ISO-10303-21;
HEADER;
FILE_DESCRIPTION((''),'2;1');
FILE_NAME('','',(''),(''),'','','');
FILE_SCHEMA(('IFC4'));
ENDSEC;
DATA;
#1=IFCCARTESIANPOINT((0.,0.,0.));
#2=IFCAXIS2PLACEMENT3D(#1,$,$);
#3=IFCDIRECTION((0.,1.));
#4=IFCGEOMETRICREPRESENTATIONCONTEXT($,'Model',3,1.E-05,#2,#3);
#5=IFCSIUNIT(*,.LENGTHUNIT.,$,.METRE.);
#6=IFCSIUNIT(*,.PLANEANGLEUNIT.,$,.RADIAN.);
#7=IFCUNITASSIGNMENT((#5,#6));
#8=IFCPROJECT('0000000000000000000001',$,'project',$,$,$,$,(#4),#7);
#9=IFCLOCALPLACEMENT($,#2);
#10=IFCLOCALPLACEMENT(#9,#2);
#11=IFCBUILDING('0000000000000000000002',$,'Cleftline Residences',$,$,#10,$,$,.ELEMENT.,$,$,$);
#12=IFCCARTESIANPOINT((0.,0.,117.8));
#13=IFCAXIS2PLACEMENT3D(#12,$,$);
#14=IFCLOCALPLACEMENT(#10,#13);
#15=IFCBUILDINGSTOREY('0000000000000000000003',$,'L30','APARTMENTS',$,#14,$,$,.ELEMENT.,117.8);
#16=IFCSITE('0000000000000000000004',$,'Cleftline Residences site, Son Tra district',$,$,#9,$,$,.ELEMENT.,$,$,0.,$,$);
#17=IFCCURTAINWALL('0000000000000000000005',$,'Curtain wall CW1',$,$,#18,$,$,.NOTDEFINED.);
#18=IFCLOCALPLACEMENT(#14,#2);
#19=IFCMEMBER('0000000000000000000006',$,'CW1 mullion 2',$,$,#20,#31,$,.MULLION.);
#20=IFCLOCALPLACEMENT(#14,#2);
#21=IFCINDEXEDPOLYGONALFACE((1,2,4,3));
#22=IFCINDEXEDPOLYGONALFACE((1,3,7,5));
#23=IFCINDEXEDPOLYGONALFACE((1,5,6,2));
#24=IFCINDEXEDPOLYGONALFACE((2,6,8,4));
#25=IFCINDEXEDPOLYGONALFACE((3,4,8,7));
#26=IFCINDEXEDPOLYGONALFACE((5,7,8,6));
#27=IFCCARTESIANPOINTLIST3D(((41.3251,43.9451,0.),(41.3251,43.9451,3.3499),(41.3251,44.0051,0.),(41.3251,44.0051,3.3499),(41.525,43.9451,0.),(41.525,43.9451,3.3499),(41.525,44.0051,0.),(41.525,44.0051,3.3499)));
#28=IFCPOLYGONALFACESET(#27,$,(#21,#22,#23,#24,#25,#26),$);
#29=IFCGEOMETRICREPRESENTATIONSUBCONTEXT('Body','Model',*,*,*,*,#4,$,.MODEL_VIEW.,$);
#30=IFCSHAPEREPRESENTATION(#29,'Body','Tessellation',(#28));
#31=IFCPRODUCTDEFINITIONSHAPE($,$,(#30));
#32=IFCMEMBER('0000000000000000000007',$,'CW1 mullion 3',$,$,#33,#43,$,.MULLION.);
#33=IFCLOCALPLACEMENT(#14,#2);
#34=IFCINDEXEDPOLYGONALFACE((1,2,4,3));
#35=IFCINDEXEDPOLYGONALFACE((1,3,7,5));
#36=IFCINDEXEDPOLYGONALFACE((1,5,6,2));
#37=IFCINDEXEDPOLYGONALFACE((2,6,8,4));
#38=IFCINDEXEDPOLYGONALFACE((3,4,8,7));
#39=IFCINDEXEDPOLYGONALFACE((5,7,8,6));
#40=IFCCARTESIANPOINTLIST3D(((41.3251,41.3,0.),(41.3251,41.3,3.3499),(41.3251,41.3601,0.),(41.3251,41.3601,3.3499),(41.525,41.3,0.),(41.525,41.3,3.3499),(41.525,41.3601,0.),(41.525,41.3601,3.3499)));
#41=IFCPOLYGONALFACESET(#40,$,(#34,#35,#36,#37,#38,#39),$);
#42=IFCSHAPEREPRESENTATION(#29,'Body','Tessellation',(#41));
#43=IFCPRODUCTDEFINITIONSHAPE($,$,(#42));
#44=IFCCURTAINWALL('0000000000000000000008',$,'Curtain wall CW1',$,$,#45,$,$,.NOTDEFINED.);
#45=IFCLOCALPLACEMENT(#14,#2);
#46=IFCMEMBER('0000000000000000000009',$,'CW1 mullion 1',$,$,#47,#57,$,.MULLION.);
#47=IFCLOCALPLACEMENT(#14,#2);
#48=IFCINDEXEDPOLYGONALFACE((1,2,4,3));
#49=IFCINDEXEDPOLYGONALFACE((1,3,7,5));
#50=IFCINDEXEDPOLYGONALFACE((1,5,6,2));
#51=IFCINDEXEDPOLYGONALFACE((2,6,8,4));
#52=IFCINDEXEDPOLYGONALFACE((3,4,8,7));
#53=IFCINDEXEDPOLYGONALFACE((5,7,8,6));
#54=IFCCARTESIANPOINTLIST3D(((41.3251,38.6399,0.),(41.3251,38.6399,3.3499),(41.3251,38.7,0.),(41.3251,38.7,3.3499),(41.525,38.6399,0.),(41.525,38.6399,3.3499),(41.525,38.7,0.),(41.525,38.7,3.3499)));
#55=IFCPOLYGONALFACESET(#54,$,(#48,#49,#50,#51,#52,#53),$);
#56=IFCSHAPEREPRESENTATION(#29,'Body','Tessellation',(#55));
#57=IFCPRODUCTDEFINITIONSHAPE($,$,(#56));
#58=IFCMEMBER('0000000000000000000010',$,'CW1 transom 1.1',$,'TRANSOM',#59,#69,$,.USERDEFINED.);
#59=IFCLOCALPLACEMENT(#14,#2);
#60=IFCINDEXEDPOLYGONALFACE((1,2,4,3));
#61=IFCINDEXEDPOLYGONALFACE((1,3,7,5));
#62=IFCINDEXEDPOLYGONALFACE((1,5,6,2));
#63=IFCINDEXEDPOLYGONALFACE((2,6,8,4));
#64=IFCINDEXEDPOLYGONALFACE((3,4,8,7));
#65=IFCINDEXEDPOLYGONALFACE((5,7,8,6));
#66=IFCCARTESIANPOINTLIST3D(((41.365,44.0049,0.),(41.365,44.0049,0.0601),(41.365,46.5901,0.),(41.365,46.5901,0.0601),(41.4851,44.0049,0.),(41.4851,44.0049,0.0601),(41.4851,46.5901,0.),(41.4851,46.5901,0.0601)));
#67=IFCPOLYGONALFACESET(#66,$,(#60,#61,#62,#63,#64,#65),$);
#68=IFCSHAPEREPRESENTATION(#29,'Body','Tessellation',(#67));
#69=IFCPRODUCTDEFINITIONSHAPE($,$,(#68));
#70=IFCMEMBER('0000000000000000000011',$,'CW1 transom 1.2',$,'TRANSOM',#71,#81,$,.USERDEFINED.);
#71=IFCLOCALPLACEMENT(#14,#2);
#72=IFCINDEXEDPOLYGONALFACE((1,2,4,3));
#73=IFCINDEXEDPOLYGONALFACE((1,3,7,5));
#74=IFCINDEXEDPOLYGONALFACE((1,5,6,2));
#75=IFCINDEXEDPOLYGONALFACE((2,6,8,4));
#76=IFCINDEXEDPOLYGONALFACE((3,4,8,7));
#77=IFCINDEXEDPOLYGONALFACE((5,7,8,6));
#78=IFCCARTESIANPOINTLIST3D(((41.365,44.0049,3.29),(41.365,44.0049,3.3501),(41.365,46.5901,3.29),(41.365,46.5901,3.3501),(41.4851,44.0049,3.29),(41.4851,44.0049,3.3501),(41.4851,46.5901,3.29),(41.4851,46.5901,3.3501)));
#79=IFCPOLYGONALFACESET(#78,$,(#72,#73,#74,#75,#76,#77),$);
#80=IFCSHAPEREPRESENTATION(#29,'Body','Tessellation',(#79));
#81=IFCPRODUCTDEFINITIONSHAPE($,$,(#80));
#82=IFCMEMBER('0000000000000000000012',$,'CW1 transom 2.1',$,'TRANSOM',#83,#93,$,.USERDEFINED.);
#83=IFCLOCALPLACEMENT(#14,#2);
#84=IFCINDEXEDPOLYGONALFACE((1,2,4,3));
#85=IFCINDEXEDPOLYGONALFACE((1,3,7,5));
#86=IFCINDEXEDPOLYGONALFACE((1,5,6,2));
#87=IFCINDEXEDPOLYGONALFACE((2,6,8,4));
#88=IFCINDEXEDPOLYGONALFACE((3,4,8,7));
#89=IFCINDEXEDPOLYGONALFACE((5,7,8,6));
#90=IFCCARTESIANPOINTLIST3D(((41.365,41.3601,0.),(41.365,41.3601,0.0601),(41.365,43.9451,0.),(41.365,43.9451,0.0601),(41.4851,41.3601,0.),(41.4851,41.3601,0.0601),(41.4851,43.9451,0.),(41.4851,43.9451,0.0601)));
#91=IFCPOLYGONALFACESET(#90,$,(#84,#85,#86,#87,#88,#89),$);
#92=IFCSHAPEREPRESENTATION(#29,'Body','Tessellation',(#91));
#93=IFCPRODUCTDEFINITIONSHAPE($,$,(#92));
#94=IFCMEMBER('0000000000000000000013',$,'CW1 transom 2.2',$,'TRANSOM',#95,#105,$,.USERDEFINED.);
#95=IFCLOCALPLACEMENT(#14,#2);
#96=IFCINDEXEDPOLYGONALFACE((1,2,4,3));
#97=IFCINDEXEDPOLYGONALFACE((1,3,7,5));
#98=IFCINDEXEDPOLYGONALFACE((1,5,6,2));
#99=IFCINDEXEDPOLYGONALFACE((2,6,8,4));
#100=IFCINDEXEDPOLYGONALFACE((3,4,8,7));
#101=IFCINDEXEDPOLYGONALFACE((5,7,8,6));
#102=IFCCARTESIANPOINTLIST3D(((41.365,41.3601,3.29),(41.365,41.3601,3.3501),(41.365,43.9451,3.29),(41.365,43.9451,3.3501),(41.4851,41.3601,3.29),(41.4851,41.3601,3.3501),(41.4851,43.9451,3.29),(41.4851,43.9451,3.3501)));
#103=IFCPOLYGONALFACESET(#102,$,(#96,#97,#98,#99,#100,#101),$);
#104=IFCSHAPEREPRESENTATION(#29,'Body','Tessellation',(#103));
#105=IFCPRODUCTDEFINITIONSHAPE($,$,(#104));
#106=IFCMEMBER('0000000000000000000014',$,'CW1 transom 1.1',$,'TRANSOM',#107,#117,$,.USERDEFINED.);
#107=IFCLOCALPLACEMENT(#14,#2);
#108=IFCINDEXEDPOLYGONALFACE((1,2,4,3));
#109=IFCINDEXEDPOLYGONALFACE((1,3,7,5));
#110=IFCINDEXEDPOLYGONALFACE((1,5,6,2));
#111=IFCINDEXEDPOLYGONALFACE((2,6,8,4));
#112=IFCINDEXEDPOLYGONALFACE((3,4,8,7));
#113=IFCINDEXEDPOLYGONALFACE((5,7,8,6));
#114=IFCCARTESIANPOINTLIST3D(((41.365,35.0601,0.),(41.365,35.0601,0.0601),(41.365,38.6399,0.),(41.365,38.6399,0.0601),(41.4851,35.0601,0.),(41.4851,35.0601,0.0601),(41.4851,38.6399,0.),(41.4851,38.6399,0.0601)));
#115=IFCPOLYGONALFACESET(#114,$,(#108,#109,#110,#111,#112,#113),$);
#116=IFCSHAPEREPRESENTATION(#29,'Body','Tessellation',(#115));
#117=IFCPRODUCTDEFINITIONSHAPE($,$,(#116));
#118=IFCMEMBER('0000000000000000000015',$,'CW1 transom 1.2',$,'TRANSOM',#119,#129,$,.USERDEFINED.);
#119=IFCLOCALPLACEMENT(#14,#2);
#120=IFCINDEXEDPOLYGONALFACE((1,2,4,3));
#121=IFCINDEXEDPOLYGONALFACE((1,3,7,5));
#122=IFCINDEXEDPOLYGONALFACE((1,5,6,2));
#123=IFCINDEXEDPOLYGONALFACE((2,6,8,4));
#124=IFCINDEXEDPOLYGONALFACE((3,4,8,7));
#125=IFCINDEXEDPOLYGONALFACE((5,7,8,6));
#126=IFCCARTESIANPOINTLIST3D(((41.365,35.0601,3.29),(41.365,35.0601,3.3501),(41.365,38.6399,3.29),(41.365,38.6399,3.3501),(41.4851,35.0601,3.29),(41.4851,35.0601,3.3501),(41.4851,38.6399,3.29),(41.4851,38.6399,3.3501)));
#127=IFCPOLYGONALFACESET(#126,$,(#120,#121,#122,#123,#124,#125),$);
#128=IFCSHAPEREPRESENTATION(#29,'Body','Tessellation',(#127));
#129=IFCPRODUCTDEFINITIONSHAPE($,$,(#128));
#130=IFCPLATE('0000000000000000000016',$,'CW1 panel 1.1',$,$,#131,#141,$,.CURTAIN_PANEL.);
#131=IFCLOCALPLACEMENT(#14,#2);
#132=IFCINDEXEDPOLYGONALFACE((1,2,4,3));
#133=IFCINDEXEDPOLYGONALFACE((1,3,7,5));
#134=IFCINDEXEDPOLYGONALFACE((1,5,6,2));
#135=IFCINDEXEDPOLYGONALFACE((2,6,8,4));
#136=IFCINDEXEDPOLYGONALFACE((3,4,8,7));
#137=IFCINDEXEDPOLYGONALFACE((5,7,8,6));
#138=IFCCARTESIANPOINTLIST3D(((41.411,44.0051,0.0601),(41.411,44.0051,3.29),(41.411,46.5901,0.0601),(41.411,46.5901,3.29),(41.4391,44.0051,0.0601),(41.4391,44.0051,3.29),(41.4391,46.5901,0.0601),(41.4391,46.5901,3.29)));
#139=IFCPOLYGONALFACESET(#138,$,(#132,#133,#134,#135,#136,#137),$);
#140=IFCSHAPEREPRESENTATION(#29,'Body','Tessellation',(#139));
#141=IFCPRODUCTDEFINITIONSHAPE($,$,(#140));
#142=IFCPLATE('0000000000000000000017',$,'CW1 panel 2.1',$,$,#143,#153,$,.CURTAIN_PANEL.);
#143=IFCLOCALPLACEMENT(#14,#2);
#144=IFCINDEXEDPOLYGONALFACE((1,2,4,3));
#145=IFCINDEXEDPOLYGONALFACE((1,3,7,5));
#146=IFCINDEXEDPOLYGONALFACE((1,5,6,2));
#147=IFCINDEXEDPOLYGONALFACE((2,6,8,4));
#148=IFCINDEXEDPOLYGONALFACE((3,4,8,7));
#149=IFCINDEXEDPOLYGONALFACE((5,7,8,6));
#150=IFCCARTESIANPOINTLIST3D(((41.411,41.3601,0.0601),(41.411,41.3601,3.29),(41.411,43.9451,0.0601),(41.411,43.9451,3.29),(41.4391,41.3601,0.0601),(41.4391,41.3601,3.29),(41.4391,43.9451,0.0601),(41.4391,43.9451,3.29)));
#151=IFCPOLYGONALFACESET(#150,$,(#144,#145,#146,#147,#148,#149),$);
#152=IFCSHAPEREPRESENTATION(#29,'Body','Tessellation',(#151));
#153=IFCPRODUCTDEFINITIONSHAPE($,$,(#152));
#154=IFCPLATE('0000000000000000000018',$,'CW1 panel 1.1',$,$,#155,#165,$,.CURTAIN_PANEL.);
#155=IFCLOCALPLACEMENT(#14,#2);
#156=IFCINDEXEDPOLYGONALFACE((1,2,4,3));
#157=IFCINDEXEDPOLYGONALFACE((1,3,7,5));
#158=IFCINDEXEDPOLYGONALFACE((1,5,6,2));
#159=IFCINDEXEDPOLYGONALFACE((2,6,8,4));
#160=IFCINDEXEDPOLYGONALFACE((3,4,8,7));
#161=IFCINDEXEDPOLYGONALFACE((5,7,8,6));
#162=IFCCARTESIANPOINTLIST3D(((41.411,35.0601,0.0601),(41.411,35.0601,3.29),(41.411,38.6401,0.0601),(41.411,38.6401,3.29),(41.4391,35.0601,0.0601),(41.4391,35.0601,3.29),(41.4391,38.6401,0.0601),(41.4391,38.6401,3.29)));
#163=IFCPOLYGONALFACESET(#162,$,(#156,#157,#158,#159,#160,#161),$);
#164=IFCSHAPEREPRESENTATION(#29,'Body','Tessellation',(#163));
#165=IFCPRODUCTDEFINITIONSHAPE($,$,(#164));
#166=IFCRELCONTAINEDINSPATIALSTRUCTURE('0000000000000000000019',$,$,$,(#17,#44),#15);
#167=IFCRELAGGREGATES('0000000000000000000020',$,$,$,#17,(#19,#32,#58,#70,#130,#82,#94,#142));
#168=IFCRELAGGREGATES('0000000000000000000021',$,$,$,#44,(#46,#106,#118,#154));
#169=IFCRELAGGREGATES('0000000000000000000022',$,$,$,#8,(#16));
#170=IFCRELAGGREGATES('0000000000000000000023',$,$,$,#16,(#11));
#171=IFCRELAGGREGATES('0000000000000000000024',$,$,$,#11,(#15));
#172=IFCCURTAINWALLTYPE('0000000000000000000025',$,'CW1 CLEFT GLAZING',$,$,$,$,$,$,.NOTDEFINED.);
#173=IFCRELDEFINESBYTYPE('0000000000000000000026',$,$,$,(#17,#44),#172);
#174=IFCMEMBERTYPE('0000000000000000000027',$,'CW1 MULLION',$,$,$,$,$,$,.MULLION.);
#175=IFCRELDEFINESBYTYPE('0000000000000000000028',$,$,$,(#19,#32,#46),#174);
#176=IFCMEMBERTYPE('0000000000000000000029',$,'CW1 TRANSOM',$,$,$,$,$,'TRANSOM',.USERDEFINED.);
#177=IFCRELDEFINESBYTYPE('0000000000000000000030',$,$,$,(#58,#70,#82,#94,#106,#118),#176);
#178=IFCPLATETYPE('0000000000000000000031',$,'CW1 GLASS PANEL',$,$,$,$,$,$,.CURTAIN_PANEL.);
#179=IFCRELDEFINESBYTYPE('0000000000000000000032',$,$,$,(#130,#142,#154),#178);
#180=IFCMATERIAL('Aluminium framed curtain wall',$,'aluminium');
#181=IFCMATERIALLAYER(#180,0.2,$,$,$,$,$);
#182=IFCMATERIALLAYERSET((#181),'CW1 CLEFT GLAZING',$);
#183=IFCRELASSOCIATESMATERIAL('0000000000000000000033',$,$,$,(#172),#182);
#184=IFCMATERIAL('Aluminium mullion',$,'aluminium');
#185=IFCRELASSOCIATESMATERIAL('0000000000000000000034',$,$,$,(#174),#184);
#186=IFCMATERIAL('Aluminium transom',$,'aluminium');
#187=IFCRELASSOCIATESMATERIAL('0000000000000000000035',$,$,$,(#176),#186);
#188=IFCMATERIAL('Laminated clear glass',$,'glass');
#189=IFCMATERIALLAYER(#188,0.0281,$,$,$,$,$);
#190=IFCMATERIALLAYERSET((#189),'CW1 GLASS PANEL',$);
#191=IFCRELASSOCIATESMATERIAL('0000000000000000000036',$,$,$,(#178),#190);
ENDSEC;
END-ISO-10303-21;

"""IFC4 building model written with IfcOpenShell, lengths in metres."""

from ifc_helpers import new_model, si_unit, direction, frame, origin, origin_2d, place, context, subcontext, project, spatial, rectangle, extrude, material, layer, layer_set, material_profile, profile_set, type_object, element, aggregate, save


model = new_model("IFC4")

# Units and contexts
model_context = context("Model", 3, precision=1e-05, world=origin(), true_north=direction((0.0, 1.0)))
body_context = subcontext(model_context, "Body", "Model", "MODEL_VIEW")
ifc_project = project(units=[si_unit("LENGTHUNIT", "METRE"), si_unit("PLANEANGLEUNIT", "RADIAN")], contexts=[model_context])

# Site, building, storey
site_placement = place(None, origin())
site = spatial("IfcSite", under=ifc_project, at=site_placement, Name="Cleftline Residences site, Son Tra district", CompositionType="ELEMENT", RefElevation=0.0)
building_placement = place(site_placement, origin())
building = spatial("IfcBuilding", under=site, at=building_placement, Name="Cleftline Residences", CompositionType="ELEMENT")
storey_placement = place(building_placement, frame((0.0, 0.0, 117.8)))
storey = spatial("IfcBuildingStorey", under=building, at=storey_placement, Name="L30", Description="APARTMENTS", CompositionType="ELEMENT", Elevation=117.8)

# Curtain wall, members
ifc_material_1 = material(Name="Aluminium framed curtain wall", Category="aluminium")
ifc_layer_1 = layer(ifc_material_1, 0.2)
ifc_layer_set_1 = layer_set([ifc_layer_1], Name="CW1 CLEFT GLAZING")
curtain_wall_type = type_object("IfcCurtainWallType", Name="CW1 CLEFT GLAZING", PredefinedType="NOTDEFINED", material=ifc_layer_set_1)
curtain_wall_1_placement = place(storey_placement, origin())
curtain_wall_1 = element("IfcCurtainWall", 1, at=curtain_wall_1_placement, inside=storey, type_object=curtain_wall_type, Name="Curtain wall CW1", PredefinedType="NOTDEFINED")
ifc_material_2 = material(Name="Aluminium mullion", Category="aluminium")
ifc_material_profile_1 = material_profile(ifc_material_2, rectangle(XDim=0.2, YDim=0.0601, at=origin_2d()))
ifc_profile_set_1 = profile_set([ifc_material_profile_1], Name="Aluminium mullion")
member_type_1 = type_object("IfcMemberType", Name="CW1 MULLION", PredefinedType="MULLION", material=ifc_profile_set_1)
member_1_placement = place(storey_placement, frame((41.425, 43.9751, 0.0), z_axis=(0.0, 0.0, 1.0), x_axis=(1.0, 0.0, 0.0)))
member_1 = element("IfcMember", 2, at=member_1_placement, type_object=member_type_1, Name="CW1 mullion 2", PredefinedType="MULLION", context=body_context, shape_type="SweptSolid", body=[
    extrude(rectangle(XDim=0.2, YDim=0.0601, at=origin_2d()), origin(), (0.0, 0.0, 1.0), 3.3499),
])
member_2_placement = place(storey_placement, frame((41.425, 41.3301, 0.0), z_axis=(0.0, 0.0, 1.0), x_axis=(1.0, 0.0, 0.0)))
member_2 = element("IfcMember", 3, at=member_2_placement, type_object=member_type_1, Name="CW1 mullion 3", PredefinedType="MULLION", context=body_context, shape_type="SweptSolid", body=[
    extrude(rectangle(XDim=0.2, YDim=0.0601, at=origin_2d()), origin(), (0.0, 0.0, 1.0), 3.3499),
])

# Curtain wall, member
curtain_wall_2_placement = place(storey_placement, origin())
curtain_wall_2 = element("IfcCurtainWall", 4, at=curtain_wall_2_placement, inside=storey, type_object=curtain_wall_type, Name="Curtain wall CW1", PredefinedType="NOTDEFINED")
member_3_placement = place(storey_placement, frame((41.425, 38.6699, 0.0), z_axis=(0.0, 0.0, 1.0), x_axis=(1.0, 0.0, 0.0)))
member_3 = element("IfcMember", 5, at=member_3_placement, type_object=member_type_1, Name="CW1 mullion 1", PredefinedType="MULLION", context=body_context, shape_type="SweptSolid", body=[
    extrude(rectangle(XDim=0.2, YDim=0.0601, at=origin_2d()), origin(), (0.0, 0.0, 1.0), 3.3499),
])

# Members
ifc_material_3 = material(Name="Aluminium transom", Category="aluminium")
ifc_material_profile_2 = material_profile(ifc_material_3, rectangle(XDim=0.1201, YDim=0.0601, at=origin_2d()))
ifc_profile_set_2 = profile_set([ifc_material_profile_2], Name="Aluminium transom")
member_type_2 = type_object("IfcMemberType", Name="CW1 TRANSOM", ElementType="TRANSOM", PredefinedType="USERDEFINED", material=ifc_profile_set_2)
member_4_placement = place(storey_placement, frame((41.425, 46.5901, 0.03), z_axis=(0.0, -1.0, 0.0), x_axis=(1.0, 0.0, 0.0)))
member_4 = element("IfcMember", 6, at=member_4_placement, type_object=member_type_2, Name="CW1 transom 1.1", ObjectType="TRANSOM", PredefinedType="USERDEFINED", context=body_context, shape_type="SweptSolid", body=[
    extrude(rectangle(XDim=0.1201, YDim=0.0601, at=origin_2d()), origin(), (0.0, 0.0, 1.0), 2.5852),
])
member_5_placement = place(storey_placement, frame((41.425, 46.5901, 3.3201), z_axis=(0.0, -1.0, 0.0), x_axis=(1.0, 0.0, 0.0)))
member_5 = element("IfcMember", 7, at=member_5_placement, type_object=member_type_2, Name="CW1 transom 1.2", ObjectType="TRANSOM", PredefinedType="USERDEFINED", context=body_context, shape_type="SweptSolid", body=[
    extrude(rectangle(XDim=0.1201, YDim=0.0601, at=origin_2d()), origin(), (0.0, 0.0, 1.0), 2.5852),
])
member_6_placement = place(storey_placement, frame((41.425, 43.9451, 0.03), z_axis=(0.0, -1.0, 0.0), x_axis=(1.0, 0.0, 0.0)))
member_6 = element("IfcMember", 8, at=member_6_placement, type_object=member_type_2, Name="CW1 transom 2.1", ObjectType="TRANSOM", PredefinedType="USERDEFINED", context=body_context, shape_type="SweptSolid", body=[
    extrude(rectangle(XDim=0.1201, YDim=0.0601, at=origin_2d()), origin(), (0.0, 0.0, 1.0), 2.585),
])
member_7_placement = place(storey_placement, frame((41.425, 43.9451, 3.3201), z_axis=(0.0, -1.0, 0.0), x_axis=(1.0, 0.0, 0.0)))
member_7 = element("IfcMember", 9, at=member_7_placement, type_object=member_type_2, Name="CW1 transom 2.2", ObjectType="TRANSOM", PredefinedType="USERDEFINED", context=body_context, shape_type="SweptSolid", body=[
    extrude(rectangle(XDim=0.1201, YDim=0.0601, at=origin_2d()), origin(), (0.0, 0.0, 1.0), 2.585),
])
member_8_placement = place(storey_placement, frame((41.425, 38.6399, 0.03), z_axis=(0.0, -1.0, 0.0), x_axis=(1.0, 0.0, 0.0)))
member_8 = element("IfcMember", 10, at=member_8_placement, type_object=member_type_2, Name="CW1 transom 1.1", ObjectType="TRANSOM", PredefinedType="USERDEFINED", context=body_context, shape_type="SweptSolid", body=[
    extrude(rectangle(XDim=0.1201, YDim=0.0601, at=origin_2d()), origin(), (0.0, 0.0, 1.0), 3.5798),
])
member_9_placement = place(storey_placement, frame((41.425, 38.6399, 3.3201), z_axis=(0.0, -1.0, 0.0), x_axis=(1.0, 0.0, 0.0)))
member_9 = element("IfcMember", 11, at=member_9_placement, type_object=member_type_2, Name="CW1 transom 1.2", ObjectType="TRANSOM", PredefinedType="USERDEFINED", context=body_context, shape_type="SweptSolid", body=[
    extrude(rectangle(XDim=0.1201, YDim=0.0601, at=origin_2d()), origin(), (0.0, 0.0, 1.0), 3.5798),
])

# Plates
ifc_material_4 = material(Name="Laminated clear glass", Category="glass")
ifc_layer_2 = layer(ifc_material_4, 0.0281)
ifc_layer_set_2 = layer_set([ifc_layer_2], Name="CW1 GLASS PANEL")
plate_type = type_object("IfcPlateType", Name="CW1 GLASS PANEL", PredefinedType="CURTAIN_PANEL", material=ifc_layer_set_2)
plate_1_placement = place(storey_placement, frame((41.425, 45.2976, 0.0601), z_axis=(0.0, 0.0, 1.0), x_axis=(0.0, -1.0, 0.0)))
plate_1 = element("IfcPlate", 12, at=plate_1_placement, type_object=plate_type, Name="CW1 panel 1.1", PredefinedType="CURTAIN_PANEL", context=body_context, shape_type="SweptSolid", body=[
    extrude(rectangle(XDim=2.585, YDim=0.0281, at=origin_2d()), origin(), (0.0, 0.0, 1.0), 3.23),
])
plate_2_placement = place(storey_placement, frame((41.425, 42.6526, 0.0601), z_axis=(0.0, 0.0, 1.0), x_axis=(0.0, -1.0, 0.0)))
plate_2 = element("IfcPlate", 13, at=plate_2_placement, type_object=plate_type, Name="CW1 panel 2.1", PredefinedType="CURTAIN_PANEL", context=body_context, shape_type="SweptSolid", body=[
    extrude(rectangle(XDim=2.585, YDim=0.0281, at=origin_2d()), origin(), (0.0, 0.0, 1.0), 3.23),
])
aggregate(curtain_wall_1, [member_1, member_2, member_4, member_5, plate_1, member_6, member_7, plate_2])
plate_3_placement = place(storey_placement, frame((41.425, 36.8501, 0.0601), z_axis=(0.0, 0.0, 1.0), x_axis=(0.0, -1.0, 0.0)))
plate_3 = element("IfcPlate", 14, at=plate_3_placement, type_object=plate_type, Name="CW1 panel 1.1", PredefinedType="CURTAIN_PANEL", context=body_context, shape_type="SweptSolid", body=[
    extrude(rectangle(XDim=3.5801, YDim=0.0281, at=origin_2d()), origin(), (0.0, 0.0, 1.0), 3.23),
])
aggregate(curtain_wall_2, [member_3, member_8, member_9, plate_3])

save(model, "model.ifc")
